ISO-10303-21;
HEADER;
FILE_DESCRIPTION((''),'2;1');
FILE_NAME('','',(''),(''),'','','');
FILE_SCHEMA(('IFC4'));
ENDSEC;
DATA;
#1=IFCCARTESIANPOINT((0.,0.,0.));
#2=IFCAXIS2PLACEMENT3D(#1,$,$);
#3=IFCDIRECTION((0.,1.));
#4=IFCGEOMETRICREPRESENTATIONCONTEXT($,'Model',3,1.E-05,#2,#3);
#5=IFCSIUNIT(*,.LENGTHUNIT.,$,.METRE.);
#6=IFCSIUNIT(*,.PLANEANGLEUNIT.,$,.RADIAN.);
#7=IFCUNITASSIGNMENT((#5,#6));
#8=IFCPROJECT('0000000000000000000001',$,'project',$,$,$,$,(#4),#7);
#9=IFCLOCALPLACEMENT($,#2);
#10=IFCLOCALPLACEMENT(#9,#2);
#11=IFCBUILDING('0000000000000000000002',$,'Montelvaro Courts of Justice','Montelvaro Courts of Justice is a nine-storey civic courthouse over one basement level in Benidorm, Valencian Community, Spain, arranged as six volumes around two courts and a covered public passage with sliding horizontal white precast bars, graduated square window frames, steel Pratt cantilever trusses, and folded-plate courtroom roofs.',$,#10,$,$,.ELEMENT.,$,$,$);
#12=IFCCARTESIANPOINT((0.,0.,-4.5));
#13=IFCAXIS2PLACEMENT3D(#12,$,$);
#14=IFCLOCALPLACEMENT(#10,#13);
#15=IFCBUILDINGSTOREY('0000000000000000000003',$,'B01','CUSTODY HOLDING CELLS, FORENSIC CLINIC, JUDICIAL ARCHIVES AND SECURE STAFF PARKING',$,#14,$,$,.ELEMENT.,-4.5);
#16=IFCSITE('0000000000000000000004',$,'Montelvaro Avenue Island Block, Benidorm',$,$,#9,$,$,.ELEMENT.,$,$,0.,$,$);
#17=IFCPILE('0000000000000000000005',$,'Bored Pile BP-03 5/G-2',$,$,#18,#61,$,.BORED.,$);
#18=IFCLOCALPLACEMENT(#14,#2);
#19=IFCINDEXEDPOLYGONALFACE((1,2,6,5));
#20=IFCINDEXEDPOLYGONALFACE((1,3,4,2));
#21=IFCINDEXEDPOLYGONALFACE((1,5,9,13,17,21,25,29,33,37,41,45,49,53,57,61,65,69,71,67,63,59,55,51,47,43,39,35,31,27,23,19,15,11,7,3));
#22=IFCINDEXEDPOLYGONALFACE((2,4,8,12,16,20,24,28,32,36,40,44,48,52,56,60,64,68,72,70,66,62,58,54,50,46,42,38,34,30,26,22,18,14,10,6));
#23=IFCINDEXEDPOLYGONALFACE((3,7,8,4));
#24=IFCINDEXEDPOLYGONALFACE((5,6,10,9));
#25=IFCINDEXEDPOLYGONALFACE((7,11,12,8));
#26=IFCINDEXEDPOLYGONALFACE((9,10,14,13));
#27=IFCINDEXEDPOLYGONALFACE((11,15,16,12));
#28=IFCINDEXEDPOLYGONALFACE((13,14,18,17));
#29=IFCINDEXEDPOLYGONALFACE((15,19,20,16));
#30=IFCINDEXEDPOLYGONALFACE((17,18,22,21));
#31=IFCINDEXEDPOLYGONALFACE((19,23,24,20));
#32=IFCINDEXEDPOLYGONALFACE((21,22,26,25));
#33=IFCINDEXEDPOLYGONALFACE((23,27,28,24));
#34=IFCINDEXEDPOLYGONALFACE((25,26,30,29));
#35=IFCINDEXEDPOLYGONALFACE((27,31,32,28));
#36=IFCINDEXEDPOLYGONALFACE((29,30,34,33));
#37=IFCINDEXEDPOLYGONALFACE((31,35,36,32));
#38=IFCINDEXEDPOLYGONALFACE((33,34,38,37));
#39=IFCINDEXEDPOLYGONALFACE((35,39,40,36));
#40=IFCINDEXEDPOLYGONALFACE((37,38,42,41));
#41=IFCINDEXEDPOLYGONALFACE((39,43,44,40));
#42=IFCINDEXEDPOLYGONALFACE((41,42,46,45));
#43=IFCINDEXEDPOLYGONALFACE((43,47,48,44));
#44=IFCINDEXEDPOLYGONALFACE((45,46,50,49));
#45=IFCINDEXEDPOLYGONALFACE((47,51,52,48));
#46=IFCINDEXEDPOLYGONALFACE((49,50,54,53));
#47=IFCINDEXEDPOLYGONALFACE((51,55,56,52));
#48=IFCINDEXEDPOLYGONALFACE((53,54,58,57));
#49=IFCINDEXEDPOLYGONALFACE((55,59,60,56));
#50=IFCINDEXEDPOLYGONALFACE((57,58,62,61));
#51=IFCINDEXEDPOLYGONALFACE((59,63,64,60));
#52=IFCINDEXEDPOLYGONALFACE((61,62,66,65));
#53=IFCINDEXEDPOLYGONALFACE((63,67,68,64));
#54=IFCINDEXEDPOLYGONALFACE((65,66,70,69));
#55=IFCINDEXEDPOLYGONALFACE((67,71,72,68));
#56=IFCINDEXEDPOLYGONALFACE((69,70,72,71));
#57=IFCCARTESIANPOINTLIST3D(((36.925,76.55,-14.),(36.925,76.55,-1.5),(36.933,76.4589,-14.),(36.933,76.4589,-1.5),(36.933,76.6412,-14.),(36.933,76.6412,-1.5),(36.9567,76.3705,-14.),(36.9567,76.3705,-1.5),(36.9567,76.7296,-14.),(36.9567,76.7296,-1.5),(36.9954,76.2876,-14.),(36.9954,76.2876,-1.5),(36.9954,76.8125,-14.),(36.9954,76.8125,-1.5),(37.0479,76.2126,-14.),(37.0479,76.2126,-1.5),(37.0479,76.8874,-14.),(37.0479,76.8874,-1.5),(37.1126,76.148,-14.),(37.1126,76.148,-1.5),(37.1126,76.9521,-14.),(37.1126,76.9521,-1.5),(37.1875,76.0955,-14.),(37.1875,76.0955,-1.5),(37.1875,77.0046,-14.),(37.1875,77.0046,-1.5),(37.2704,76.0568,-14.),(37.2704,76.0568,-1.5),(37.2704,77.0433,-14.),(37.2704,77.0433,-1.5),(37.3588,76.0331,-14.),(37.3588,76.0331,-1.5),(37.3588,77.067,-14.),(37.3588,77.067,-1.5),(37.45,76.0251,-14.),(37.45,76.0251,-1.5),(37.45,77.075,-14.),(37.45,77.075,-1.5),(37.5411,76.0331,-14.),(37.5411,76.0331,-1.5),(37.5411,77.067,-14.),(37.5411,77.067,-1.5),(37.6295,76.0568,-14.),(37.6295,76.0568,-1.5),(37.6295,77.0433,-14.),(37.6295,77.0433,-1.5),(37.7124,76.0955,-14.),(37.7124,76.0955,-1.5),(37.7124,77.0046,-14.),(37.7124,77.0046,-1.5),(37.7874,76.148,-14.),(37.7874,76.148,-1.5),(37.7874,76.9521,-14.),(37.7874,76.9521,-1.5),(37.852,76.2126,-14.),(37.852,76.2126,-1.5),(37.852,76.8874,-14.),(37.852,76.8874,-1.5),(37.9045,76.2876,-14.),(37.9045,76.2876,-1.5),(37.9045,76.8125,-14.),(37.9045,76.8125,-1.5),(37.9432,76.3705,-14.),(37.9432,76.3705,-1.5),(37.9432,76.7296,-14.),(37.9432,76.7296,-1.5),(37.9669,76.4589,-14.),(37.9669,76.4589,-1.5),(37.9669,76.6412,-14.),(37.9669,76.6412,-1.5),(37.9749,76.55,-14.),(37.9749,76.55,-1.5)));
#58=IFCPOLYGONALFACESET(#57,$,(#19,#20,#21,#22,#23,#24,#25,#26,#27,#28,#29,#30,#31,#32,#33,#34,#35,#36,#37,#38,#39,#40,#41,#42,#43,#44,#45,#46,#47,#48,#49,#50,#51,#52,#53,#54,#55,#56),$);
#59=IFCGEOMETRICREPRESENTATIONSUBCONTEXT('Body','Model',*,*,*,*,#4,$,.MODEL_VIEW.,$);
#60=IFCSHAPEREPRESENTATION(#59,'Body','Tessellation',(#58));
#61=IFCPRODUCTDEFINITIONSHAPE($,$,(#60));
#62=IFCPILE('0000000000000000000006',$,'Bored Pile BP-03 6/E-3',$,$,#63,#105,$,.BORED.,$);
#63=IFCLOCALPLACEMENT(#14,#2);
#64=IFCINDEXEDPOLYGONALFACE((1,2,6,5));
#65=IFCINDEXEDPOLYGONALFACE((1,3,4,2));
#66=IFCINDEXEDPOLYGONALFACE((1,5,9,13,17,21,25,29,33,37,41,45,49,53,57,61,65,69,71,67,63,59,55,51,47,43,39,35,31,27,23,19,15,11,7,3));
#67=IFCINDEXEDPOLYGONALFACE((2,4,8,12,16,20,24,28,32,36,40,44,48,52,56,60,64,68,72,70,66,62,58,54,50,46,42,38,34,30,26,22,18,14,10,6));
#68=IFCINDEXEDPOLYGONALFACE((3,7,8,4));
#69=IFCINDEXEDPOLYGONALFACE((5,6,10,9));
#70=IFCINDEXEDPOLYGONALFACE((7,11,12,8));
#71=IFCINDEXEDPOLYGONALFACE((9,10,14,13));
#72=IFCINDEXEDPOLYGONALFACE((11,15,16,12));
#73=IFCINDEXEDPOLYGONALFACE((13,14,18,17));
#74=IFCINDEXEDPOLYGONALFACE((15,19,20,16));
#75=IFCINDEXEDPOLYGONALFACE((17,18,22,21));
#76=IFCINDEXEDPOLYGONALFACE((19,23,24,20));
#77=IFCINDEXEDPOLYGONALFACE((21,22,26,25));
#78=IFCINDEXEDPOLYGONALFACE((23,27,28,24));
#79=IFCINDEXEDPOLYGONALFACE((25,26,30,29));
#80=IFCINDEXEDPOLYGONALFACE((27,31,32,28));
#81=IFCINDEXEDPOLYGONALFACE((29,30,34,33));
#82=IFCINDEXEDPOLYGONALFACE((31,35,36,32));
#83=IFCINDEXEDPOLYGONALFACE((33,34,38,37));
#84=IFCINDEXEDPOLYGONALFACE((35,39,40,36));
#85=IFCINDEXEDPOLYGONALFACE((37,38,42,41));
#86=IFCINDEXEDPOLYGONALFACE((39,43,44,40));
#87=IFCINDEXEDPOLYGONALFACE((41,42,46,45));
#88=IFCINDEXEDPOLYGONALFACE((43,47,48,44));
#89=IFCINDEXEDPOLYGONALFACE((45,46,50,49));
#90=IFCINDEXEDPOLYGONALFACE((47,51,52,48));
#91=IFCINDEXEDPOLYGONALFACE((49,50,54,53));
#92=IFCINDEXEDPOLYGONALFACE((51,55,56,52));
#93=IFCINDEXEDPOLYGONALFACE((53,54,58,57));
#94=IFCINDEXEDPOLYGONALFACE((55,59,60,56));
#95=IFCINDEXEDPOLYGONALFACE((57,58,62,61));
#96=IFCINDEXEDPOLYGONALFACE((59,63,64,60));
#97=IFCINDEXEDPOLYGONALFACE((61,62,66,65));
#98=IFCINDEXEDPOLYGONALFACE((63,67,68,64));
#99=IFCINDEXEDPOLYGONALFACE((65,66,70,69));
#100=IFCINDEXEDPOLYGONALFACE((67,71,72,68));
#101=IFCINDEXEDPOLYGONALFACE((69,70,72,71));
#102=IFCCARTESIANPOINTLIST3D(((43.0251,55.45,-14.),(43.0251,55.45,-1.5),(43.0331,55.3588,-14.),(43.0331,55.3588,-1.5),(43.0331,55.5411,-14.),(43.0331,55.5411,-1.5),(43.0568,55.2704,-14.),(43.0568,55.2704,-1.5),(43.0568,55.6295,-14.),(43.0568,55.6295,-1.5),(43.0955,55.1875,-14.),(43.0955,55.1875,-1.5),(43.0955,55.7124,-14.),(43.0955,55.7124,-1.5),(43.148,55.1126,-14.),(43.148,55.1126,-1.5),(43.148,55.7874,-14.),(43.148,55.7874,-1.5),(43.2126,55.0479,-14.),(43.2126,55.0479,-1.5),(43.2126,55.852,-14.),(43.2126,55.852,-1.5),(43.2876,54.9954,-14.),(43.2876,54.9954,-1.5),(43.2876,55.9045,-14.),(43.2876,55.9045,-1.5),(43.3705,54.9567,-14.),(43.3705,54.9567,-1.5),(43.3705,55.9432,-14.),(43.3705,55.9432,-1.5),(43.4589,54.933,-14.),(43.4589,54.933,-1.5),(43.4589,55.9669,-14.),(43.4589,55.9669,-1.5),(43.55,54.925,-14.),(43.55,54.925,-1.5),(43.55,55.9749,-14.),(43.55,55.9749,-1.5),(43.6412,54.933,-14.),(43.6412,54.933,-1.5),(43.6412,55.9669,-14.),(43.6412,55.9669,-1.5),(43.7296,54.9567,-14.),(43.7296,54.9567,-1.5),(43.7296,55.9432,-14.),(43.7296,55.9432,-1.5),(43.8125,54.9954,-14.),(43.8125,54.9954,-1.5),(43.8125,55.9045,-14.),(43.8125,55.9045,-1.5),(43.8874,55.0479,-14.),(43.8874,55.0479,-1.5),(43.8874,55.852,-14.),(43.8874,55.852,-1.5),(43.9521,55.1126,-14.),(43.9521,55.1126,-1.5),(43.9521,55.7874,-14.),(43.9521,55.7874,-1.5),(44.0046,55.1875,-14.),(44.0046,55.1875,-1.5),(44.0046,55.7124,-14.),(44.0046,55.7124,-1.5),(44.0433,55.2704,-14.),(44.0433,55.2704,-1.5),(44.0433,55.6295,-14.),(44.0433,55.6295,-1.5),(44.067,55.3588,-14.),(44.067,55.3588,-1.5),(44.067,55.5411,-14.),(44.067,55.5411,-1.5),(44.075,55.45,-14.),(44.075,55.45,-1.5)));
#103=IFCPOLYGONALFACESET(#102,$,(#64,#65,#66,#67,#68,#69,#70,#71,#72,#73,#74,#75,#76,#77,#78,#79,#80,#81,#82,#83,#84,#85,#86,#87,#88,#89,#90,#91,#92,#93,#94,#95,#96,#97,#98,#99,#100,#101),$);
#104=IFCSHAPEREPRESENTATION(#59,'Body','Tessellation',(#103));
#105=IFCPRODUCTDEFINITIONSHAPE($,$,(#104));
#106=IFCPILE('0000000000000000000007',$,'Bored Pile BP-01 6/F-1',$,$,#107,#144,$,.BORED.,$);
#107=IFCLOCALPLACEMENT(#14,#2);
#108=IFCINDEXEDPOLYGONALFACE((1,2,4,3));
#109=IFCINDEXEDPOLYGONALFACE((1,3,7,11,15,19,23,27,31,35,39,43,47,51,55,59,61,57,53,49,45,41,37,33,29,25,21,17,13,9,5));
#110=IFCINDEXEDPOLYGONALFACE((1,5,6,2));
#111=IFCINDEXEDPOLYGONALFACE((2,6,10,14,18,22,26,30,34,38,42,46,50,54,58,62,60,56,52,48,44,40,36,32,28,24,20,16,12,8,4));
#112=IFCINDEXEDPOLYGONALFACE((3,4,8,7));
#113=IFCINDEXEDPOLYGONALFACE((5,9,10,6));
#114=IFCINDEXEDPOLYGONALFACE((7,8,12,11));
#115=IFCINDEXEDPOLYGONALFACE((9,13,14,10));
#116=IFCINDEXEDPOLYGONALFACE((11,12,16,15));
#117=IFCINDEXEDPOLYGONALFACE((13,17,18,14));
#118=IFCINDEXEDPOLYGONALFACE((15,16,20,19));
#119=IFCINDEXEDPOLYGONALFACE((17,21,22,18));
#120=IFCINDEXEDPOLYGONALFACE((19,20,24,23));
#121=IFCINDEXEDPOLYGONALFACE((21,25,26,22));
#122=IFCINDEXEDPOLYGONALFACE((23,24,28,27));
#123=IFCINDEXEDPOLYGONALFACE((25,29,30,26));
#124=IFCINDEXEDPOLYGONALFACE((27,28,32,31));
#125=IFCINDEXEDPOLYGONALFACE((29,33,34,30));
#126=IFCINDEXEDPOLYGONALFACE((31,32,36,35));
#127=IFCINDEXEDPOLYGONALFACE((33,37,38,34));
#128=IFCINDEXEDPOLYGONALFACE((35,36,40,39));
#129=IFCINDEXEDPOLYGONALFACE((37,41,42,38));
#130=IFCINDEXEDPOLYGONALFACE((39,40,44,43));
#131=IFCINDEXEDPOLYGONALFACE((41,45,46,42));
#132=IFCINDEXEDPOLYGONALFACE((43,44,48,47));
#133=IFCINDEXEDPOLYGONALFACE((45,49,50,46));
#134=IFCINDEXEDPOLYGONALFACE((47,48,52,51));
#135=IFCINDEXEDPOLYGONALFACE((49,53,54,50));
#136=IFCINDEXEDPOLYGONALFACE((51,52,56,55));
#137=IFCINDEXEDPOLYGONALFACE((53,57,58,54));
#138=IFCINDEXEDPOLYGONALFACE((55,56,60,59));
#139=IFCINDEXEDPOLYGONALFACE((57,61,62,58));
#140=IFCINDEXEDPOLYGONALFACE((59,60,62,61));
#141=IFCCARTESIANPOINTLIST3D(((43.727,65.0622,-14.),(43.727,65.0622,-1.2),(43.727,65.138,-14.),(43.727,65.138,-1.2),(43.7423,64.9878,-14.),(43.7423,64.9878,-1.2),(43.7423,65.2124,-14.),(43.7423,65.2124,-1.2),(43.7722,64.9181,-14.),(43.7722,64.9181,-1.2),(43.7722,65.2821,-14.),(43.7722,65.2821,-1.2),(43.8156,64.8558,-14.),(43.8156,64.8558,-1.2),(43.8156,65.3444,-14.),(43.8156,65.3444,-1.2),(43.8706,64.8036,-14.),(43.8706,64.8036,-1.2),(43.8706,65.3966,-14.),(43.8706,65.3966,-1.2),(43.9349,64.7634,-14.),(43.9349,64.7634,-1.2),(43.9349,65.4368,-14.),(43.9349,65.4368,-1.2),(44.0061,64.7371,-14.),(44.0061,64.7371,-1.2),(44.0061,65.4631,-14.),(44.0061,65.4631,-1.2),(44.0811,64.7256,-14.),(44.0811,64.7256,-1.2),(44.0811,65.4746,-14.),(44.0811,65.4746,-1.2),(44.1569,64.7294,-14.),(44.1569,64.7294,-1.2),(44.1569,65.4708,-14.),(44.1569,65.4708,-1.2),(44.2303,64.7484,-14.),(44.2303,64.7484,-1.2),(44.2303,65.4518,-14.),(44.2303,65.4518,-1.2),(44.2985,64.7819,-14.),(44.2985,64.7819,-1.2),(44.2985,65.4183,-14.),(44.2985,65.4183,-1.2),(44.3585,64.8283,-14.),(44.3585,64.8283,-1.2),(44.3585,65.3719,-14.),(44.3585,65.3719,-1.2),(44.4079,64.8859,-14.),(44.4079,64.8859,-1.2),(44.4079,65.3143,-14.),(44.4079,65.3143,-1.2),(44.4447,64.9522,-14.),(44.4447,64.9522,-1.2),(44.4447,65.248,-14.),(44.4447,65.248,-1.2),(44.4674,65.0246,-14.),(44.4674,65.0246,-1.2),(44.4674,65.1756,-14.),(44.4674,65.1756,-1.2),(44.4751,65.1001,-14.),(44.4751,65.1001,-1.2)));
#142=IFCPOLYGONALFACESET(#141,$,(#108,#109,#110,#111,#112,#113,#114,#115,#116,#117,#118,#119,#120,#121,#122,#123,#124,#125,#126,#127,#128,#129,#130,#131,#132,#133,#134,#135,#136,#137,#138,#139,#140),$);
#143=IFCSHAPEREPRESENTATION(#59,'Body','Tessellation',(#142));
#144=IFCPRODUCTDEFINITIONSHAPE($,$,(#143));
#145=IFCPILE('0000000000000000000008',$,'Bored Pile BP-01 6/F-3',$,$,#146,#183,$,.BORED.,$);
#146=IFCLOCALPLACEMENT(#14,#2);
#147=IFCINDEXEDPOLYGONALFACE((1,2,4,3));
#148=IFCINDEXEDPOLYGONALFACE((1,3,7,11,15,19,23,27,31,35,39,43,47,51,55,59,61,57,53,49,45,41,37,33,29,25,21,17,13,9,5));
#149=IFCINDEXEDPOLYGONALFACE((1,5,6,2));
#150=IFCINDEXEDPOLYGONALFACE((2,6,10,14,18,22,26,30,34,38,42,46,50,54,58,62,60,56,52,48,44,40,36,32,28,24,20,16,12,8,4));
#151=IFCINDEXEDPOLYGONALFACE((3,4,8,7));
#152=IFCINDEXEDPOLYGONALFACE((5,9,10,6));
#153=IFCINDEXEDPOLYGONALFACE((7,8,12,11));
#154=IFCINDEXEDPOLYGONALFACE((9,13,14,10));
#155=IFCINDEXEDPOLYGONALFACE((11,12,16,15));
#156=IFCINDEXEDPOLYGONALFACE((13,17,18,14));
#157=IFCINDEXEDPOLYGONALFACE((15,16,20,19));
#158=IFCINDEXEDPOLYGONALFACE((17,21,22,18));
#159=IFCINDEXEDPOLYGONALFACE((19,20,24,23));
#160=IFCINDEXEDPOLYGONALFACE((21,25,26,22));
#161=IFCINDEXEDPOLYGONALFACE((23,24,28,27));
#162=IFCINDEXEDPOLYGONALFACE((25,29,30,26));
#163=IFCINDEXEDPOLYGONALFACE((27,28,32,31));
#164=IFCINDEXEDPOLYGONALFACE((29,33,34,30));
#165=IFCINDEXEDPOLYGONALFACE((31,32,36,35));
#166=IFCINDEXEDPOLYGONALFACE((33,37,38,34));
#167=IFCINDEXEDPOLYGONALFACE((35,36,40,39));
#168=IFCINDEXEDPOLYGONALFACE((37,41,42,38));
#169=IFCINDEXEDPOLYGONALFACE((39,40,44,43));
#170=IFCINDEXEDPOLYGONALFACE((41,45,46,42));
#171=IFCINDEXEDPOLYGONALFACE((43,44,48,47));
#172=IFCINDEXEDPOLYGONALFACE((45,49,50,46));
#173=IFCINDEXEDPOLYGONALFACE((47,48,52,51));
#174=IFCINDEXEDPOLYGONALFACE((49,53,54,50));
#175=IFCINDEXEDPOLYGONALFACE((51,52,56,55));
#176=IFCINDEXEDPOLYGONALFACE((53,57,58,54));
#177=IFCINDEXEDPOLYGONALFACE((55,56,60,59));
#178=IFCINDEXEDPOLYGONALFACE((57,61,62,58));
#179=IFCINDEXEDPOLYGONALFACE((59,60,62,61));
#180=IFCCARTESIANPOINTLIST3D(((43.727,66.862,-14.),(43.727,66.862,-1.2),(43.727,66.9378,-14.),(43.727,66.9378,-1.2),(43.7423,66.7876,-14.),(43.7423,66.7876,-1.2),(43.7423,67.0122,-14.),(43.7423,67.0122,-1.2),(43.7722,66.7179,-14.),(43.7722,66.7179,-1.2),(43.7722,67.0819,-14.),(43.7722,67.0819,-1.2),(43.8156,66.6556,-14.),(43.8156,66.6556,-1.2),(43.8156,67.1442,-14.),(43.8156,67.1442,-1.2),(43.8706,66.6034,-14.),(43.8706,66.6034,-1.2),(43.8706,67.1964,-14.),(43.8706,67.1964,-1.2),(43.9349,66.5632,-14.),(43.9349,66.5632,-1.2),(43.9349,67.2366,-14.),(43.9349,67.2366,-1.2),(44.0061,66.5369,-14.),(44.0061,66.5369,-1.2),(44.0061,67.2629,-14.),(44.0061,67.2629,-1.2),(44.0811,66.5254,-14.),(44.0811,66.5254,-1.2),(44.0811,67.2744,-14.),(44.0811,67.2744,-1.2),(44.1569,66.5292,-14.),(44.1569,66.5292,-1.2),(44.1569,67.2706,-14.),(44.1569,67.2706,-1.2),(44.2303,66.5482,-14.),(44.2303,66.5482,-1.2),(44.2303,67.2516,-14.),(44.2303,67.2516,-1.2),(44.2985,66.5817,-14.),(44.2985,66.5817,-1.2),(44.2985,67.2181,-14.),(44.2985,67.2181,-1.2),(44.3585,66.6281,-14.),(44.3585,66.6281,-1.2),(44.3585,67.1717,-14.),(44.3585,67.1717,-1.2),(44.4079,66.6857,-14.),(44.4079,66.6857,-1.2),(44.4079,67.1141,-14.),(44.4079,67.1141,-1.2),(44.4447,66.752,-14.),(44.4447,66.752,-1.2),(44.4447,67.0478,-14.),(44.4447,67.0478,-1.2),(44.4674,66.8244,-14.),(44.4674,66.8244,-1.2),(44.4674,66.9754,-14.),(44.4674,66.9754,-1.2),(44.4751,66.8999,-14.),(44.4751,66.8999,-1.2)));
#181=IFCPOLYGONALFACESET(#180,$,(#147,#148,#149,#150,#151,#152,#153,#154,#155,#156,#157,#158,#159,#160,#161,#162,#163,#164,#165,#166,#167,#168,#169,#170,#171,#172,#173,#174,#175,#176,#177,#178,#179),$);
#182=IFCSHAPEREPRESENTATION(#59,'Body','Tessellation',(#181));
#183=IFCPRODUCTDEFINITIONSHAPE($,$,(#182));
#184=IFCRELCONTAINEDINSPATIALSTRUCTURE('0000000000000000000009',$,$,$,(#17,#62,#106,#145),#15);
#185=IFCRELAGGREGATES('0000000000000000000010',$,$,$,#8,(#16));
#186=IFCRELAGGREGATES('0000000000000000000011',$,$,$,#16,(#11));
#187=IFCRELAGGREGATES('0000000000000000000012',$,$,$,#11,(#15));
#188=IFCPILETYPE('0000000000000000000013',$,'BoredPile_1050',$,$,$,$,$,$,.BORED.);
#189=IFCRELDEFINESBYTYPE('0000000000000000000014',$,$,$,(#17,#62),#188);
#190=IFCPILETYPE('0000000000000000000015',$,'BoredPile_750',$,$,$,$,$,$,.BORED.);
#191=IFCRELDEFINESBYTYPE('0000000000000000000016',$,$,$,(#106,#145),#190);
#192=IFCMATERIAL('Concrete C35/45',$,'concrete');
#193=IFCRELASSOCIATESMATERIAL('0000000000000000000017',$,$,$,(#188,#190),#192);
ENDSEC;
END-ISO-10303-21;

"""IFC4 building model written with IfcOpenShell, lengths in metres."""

from ifc_helpers import new_model, si_unit, direction, frame, origin, origin_2d, place, context, subcontext, project, spatial, circle, extrude, material, material_profile, profile_set, type_object, element, save


model = new_model("IFC4")

# Units and contexts
model_context = context("Model", 3, precision=1e-05, world=origin(), true_north=direction((0.0, 1.0)))
body_context = subcontext(model_context, "Body", "Model", "MODEL_VIEW")
ifc_project = project(units=[si_unit("LENGTHUNIT", "METRE"), si_unit("PLANEANGLEUNIT", "RADIAN")], contexts=[model_context])

# Site, building, storey
site_placement = place(None, origin())
site = spatial("IfcSite", under=ifc_project, at=site_placement, Name="Montelvaro Avenue Island Block, Benidorm", CompositionType="ELEMENT", RefElevation=0.0)
building_placement = place(site_placement, origin())
building = spatial("IfcBuilding", under=site, at=building_placement, Name="Montelvaro Courts of Justice", Description="Montelvaro Courts of Justice is a nine-storey civic courthouse over one basement level in Benidorm, Valencian Community, Spain, arranged as six volumes around two courts and a covered public passage with sliding horizontal white precast bars, graduated square window frames, steel Pratt cantilever trusses, and folded-plate courtroom roofs.", CompositionType="ELEMENT")
storey_placement = place(building_placement, frame((0.0, 0.0, -4.5)))
storey = spatial("IfcBuildingStorey", under=building, at=storey_placement, Name="B01", Description="CUSTODY HOLDING CELLS, FORENSIC CLINIC, JUDICIAL ARCHIVES AND SECURE STAFF PARKING", CompositionType="ELEMENT", Elevation=-4.5)

# Piles
ifc_material_1 = material(Name="Concrete C35/45", Category="concrete")
ifc_material_profile_1 = material_profile(ifc_material_1, circle(Radius=0.5249, at=origin_2d()), Name="BORED PILE D1050")
ifc_profile_set_1 = profile_set([ifc_material_profile_1], Name="Concrete C35/45")
pile_type_1 = type_object("IfcPileType", Name="BoredPile_1050", PredefinedType="BORED", material=ifc_profile_set_1)
for number, where, z_axis, x_axis, name in (
    (1, (37.45, 76.55, -1.5), (0.0, 0.0, -1.0), (1.0, 0.0, 0.0), "Bored Pile BP-03 5/G-2"),
    (2, (43.55, 55.45, -1.5), (0.0, 0.0, -1.0), (1.0, 0.0, 0.0), "Bored Pile BP-03 6/E-3"),
):
    element("IfcPile", number, at=place(storey_placement, frame(where, z_axis=z_axis, x_axis=x_axis)), inside=storey, type_object=pile_type_1, Name=name, PredefinedType="BORED", context=body_context, shape_type="SweptSolid", body=[
        extrude(circle(Radius=0.5249, at=origin_2d()), origin(), (0.0, 0.0, 1.0), 12.5),
    ])
ifc_material_profile_2 = material_profile(ifc_material_1, circle(Radius=0.375, at=origin_2d()), Name="BORED PILE D750")
ifc_profile_set_2 = profile_set([ifc_material_profile_2], Name="Concrete C35/45")
pile_type_2 = type_object("IfcPileType", Name="BoredPile_750", PredefinedType="BORED", material=ifc_profile_set_2)
for number, where, z_axis, x_axis, name in (
    (3, (44.1001, 65.1001, -1.2), (0.0, 0.0, -1.0), (1.0, 0.0, 0.0), "Bored Pile BP-01 6/F-1"),
    (4, (44.1001, 66.8999, -1.2), (0.0, 0.0, -1.0), (1.0, 0.0, 0.0), "Bored Pile BP-01 6/F-3"),
):
    element("IfcPile", number, at=place(storey_placement, frame(where, z_axis=z_axis, x_axis=x_axis)), inside=storey, type_object=pile_type_2, Name=name, PredefinedType="BORED", context=body_context, shape_type="SweptSolid", body=[
        extrude(circle(Radius=0.375, at=origin_2d()), origin(), (0.0, 0.0, 1.0), 12.8),
    ])

save(model, "model.ifc")
